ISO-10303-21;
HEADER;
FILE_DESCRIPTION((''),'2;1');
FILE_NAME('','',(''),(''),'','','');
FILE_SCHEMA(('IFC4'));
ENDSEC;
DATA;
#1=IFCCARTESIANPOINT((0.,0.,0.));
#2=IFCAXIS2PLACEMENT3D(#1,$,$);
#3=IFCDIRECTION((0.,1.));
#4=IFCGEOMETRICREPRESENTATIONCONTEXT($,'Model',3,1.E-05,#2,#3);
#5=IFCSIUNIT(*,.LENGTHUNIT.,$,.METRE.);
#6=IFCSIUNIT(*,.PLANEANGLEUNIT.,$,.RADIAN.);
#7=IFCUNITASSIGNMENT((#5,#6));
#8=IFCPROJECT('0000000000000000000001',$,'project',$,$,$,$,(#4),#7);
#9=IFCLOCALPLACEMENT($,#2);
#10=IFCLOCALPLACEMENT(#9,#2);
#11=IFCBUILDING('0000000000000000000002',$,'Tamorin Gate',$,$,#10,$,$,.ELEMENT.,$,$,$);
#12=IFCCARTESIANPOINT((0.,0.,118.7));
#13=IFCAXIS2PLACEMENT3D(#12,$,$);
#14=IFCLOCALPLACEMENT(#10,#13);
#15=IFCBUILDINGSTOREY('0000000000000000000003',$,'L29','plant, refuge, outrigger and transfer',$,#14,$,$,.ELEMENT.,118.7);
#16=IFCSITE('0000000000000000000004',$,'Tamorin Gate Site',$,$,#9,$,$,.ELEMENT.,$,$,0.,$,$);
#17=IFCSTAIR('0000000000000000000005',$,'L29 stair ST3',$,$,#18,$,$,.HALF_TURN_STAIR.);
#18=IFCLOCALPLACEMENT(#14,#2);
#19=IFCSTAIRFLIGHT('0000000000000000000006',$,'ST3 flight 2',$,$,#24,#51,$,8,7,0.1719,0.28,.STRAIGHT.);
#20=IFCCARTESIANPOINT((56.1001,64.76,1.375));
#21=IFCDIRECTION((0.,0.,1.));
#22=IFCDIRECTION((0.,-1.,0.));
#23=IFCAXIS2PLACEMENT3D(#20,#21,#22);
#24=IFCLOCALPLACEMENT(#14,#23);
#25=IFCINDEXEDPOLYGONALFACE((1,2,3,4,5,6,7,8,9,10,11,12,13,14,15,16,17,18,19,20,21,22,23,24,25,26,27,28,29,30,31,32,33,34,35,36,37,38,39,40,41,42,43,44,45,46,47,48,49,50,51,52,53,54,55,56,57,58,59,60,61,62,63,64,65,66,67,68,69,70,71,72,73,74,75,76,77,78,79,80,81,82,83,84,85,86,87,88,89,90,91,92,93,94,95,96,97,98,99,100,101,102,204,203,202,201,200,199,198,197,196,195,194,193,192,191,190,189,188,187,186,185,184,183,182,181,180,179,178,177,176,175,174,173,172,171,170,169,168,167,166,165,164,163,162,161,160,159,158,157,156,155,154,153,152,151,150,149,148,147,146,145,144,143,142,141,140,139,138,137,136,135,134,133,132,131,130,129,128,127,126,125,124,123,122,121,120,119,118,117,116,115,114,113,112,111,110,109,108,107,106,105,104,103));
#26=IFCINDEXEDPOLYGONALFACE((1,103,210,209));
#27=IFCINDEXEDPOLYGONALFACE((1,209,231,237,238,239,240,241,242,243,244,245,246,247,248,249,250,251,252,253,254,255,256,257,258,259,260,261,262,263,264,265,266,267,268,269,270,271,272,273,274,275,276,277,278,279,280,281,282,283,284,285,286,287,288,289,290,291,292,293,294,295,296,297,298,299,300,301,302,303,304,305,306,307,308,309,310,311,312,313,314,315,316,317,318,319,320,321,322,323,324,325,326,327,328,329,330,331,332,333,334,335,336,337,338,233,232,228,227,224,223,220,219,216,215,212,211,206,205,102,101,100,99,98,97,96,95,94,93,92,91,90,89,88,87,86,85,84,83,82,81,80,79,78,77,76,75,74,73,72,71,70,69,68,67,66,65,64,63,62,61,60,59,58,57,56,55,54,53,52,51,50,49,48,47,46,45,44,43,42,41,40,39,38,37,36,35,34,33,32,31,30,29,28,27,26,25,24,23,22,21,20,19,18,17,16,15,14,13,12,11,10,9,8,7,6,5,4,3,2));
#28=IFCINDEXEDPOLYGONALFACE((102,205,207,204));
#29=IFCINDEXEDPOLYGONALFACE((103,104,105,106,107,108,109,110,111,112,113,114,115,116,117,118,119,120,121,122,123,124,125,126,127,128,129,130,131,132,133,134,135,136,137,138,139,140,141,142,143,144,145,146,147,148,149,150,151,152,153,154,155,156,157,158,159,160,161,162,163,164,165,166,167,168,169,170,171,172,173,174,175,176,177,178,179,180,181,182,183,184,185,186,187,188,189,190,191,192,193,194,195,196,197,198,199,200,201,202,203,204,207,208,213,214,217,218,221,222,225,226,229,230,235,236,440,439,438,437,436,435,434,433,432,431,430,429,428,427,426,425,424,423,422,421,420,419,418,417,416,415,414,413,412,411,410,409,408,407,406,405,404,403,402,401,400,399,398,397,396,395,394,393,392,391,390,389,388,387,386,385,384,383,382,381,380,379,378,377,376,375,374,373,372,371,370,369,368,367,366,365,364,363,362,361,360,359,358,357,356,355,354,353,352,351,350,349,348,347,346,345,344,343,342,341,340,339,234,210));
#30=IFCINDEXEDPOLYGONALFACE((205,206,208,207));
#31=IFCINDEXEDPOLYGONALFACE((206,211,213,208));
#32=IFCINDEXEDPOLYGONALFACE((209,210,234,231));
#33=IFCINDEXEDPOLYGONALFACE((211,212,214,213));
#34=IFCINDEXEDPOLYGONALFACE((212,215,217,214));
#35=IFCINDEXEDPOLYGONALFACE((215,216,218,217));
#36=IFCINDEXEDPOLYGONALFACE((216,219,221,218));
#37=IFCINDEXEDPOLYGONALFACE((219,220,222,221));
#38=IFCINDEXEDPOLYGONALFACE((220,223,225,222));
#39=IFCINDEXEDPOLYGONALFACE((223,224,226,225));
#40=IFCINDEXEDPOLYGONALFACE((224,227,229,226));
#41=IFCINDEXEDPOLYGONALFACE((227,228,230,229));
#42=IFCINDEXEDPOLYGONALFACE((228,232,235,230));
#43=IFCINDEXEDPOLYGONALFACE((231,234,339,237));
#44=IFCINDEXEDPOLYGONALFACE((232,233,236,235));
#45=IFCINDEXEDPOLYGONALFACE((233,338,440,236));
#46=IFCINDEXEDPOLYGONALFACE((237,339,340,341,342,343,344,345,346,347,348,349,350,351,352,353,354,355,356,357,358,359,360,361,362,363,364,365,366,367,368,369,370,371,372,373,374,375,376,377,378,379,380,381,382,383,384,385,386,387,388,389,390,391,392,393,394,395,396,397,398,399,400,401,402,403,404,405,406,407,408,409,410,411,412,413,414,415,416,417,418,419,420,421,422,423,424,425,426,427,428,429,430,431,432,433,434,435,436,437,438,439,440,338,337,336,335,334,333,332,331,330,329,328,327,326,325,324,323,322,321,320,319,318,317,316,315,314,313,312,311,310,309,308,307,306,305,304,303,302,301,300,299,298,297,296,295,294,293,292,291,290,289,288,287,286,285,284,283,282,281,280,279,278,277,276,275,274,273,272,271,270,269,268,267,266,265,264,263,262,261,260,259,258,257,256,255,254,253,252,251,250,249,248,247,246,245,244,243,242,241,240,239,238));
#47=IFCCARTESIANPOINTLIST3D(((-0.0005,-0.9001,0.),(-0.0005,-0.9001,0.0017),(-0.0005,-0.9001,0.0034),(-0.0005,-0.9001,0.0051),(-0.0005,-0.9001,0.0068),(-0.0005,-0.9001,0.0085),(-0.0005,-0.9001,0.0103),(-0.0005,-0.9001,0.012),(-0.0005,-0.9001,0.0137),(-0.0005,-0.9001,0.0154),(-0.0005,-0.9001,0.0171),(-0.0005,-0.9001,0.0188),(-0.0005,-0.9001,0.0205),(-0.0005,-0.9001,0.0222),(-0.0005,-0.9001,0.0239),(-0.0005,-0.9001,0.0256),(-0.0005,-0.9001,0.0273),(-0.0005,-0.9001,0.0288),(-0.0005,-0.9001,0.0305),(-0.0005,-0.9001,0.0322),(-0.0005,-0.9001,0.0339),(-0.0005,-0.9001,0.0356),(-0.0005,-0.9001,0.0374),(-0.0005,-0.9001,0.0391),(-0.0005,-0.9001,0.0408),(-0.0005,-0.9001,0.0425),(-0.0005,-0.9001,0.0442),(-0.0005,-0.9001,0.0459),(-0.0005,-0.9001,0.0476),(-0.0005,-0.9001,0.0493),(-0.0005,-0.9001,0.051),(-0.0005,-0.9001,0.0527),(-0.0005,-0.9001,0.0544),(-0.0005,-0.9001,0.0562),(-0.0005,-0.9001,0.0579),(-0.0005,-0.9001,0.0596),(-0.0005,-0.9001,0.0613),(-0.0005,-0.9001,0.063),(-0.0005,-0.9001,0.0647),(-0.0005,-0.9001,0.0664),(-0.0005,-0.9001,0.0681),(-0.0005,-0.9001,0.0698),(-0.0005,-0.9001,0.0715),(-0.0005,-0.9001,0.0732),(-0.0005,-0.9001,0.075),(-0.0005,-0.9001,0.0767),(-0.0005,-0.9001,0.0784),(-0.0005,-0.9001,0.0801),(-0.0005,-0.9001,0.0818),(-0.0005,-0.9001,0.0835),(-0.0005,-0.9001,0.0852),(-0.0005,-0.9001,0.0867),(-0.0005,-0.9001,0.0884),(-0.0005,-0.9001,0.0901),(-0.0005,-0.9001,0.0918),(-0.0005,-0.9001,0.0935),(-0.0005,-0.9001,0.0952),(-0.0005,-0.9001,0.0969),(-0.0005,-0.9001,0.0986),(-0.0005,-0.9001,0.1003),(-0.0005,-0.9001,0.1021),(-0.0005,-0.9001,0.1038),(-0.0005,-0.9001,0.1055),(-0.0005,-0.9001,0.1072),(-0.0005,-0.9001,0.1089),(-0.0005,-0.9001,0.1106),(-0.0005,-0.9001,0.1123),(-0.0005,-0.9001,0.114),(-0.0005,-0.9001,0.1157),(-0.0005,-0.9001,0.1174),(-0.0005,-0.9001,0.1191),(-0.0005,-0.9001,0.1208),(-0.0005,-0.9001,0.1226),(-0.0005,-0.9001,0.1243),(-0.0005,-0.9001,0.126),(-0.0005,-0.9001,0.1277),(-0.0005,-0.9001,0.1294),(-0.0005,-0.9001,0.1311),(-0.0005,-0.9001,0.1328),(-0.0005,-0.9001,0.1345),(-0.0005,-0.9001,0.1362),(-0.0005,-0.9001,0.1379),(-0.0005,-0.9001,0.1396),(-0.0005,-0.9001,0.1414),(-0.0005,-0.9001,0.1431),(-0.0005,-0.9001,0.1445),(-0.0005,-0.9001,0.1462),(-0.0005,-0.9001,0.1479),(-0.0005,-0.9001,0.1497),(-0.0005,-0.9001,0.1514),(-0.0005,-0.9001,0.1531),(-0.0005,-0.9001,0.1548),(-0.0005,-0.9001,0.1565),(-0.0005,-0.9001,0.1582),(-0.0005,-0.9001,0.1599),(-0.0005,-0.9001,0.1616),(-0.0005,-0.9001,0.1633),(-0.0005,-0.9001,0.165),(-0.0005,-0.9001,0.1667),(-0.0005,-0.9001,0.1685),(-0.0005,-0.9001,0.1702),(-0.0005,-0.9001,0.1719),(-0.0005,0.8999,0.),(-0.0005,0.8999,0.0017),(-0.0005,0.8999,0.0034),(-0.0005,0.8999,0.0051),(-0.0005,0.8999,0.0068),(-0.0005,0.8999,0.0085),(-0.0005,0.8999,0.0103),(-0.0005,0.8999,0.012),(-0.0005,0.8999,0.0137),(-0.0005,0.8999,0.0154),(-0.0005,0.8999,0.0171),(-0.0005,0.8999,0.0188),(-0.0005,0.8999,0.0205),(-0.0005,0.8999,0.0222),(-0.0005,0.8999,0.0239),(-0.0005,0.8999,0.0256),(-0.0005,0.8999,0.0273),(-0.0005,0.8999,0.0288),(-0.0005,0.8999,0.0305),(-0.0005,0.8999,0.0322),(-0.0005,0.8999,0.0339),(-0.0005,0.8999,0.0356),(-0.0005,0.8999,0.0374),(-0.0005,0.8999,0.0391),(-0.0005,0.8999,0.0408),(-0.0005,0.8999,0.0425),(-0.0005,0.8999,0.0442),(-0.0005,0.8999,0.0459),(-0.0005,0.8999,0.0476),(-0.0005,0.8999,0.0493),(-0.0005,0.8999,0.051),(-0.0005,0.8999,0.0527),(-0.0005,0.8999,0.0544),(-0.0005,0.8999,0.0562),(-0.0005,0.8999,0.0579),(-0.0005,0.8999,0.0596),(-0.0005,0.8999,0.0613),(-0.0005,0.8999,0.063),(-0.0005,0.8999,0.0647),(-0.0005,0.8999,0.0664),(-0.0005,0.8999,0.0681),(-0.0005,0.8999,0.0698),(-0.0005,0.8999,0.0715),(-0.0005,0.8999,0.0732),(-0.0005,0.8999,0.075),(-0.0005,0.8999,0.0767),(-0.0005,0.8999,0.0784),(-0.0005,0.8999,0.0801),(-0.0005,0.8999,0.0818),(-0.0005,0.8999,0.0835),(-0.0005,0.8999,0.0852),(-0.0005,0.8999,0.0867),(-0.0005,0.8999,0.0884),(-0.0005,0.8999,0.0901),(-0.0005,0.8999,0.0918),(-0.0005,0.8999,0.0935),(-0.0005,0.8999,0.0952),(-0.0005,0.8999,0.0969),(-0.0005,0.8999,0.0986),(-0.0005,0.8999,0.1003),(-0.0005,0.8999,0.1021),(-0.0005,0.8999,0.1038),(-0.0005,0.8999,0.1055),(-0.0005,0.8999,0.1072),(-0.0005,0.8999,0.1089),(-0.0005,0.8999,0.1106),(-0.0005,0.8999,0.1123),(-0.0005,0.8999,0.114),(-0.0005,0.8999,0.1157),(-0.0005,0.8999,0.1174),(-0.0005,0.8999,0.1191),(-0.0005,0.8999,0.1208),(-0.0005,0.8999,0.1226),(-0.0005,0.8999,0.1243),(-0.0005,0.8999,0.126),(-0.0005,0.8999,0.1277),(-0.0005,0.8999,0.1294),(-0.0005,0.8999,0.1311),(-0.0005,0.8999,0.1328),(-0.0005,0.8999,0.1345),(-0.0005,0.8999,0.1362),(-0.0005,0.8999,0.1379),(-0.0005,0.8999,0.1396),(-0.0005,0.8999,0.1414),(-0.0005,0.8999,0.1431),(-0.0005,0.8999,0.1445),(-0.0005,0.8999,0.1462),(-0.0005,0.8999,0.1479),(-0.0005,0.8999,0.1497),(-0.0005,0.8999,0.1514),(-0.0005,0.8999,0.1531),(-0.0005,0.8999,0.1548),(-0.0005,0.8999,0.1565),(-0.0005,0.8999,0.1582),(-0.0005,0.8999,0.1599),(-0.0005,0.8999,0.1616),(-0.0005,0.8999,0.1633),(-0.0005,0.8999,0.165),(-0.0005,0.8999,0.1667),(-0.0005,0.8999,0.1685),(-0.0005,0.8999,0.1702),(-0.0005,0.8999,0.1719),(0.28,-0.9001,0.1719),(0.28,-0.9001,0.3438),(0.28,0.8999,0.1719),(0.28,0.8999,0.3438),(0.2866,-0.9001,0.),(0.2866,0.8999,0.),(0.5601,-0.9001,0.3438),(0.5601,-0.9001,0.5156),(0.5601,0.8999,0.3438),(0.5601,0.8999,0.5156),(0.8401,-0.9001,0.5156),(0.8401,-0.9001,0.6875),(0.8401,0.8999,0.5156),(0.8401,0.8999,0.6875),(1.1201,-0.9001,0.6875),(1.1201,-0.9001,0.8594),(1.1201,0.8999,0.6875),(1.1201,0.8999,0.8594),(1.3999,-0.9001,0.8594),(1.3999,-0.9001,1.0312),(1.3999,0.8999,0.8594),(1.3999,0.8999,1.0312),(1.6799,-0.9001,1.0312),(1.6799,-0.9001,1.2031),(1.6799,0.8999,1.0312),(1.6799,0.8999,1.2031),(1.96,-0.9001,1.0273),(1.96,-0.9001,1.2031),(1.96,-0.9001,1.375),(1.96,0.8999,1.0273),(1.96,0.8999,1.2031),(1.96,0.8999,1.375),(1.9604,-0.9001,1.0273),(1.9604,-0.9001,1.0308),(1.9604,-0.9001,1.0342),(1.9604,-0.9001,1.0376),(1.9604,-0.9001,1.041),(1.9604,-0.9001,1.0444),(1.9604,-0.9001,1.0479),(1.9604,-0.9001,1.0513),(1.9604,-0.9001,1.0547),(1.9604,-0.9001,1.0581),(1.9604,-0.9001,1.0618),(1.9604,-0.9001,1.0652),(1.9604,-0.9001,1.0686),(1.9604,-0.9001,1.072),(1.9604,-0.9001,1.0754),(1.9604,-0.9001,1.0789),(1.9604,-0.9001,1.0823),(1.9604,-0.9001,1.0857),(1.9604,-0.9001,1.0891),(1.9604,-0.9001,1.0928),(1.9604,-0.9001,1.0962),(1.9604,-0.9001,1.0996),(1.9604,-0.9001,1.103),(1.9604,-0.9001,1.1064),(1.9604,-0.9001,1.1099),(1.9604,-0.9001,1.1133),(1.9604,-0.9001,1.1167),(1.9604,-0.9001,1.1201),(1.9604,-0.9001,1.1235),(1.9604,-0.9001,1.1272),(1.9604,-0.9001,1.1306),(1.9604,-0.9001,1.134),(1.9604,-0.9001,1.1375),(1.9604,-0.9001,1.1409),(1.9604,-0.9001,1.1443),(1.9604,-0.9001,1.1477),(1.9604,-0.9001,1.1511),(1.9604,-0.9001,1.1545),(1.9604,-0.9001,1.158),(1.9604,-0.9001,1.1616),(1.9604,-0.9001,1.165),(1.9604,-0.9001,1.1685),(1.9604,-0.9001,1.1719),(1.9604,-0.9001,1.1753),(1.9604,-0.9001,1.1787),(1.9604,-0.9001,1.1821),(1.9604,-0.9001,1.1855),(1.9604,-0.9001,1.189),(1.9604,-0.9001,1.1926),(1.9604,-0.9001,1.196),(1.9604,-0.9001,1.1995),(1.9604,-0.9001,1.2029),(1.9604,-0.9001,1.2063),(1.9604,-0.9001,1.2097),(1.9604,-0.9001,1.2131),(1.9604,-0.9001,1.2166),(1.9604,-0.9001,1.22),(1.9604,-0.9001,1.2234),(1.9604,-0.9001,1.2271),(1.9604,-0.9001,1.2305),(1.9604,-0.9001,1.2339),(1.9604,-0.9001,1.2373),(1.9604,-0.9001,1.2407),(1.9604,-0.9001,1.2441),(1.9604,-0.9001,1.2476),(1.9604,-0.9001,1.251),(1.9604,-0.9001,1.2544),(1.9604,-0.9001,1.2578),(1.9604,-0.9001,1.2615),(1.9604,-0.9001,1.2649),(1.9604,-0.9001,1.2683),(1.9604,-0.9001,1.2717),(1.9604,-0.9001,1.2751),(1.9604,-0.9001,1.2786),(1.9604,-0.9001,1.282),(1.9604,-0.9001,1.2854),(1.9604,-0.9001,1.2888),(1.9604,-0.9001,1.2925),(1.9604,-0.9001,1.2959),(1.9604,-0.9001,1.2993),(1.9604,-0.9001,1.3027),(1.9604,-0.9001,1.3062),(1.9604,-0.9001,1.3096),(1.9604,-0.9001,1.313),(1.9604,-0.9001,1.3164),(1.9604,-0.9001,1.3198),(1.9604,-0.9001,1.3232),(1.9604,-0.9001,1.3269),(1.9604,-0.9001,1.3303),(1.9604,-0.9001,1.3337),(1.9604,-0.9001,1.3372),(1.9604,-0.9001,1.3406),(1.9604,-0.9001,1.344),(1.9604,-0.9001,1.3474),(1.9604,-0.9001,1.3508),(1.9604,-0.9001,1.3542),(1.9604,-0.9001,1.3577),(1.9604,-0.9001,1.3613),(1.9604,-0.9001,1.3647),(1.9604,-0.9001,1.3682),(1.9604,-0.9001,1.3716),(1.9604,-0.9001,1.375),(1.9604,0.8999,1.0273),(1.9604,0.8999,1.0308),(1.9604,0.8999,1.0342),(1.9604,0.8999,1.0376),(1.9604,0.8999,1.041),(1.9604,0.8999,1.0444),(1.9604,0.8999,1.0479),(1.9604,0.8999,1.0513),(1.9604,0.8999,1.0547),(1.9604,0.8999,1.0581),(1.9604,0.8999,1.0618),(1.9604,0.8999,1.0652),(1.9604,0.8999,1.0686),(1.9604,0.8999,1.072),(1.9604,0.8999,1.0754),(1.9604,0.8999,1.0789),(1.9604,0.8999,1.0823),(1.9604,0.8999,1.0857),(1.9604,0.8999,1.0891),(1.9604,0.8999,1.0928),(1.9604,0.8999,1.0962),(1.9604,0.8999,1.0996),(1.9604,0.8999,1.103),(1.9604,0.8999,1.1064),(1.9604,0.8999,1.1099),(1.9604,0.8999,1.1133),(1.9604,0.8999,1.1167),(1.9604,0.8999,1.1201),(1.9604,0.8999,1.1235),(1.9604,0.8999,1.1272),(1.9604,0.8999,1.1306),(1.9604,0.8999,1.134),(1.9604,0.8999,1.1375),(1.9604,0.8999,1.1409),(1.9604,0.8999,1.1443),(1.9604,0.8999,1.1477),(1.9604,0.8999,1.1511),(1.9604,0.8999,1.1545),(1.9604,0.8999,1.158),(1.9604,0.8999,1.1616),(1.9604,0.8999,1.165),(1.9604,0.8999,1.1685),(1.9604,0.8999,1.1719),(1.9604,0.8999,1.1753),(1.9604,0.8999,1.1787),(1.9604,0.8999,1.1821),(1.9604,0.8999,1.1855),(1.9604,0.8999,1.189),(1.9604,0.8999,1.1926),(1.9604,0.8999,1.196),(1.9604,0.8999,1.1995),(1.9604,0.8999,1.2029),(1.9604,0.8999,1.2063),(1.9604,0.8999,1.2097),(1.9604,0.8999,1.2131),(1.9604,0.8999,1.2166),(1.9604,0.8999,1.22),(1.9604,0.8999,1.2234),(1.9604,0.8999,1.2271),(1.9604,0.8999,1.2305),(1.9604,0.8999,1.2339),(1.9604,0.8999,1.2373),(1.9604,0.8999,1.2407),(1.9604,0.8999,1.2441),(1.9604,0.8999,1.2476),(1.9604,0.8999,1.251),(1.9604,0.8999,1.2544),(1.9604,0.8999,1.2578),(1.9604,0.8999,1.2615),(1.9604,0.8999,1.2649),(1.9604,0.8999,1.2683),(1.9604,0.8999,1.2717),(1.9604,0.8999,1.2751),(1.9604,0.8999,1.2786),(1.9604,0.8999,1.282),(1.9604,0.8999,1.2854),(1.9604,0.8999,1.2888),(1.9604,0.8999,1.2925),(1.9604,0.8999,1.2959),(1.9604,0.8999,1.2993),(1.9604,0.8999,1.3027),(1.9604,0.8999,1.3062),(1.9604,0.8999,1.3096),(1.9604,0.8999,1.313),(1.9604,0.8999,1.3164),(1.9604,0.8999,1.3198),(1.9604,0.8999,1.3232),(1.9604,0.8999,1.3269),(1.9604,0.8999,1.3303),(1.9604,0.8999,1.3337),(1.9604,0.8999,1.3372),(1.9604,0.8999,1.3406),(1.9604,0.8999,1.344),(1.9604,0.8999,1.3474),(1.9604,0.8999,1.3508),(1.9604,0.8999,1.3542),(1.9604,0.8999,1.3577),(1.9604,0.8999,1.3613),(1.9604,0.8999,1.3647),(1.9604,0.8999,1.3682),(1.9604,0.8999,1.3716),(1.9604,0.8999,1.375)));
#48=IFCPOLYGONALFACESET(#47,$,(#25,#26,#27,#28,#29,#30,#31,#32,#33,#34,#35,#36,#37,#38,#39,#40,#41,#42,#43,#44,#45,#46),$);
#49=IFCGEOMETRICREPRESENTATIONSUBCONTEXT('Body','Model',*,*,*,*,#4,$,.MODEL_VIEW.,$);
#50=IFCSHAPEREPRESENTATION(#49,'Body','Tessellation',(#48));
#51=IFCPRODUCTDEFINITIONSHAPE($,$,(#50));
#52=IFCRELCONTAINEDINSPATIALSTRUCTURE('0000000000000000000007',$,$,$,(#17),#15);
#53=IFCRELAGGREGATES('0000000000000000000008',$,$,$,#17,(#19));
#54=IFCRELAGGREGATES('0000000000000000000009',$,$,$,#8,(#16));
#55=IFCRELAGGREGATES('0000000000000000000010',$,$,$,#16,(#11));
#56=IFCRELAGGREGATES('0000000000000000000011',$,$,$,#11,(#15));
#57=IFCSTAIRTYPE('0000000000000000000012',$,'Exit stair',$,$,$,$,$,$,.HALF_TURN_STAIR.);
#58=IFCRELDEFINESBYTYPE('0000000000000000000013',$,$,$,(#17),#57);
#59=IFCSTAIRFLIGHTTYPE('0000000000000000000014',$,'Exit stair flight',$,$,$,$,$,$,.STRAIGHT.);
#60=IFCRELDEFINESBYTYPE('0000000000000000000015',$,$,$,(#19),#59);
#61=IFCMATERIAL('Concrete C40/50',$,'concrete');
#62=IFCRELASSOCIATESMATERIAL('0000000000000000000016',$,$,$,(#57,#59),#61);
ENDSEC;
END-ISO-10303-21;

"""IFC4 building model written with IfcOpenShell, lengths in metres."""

from ifc_helpers import new_model, si_unit, direction, frame, origin, place, context, subcontext, project, spatial, polyline, outline, extrude, material, type_object, element, aggregate, save


model = new_model("IFC4")

# Units and contexts
model_context = context("Model", 3, precision=1e-05, world=origin(), true_north=direction((0.0, 1.0)))
body_context = subcontext(model_context, "Body", "Model", "MODEL_VIEW")
ifc_project = project(units=[si_unit("LENGTHUNIT", "METRE"), si_unit("PLANEANGLEUNIT", "RADIAN")], contexts=[model_context])

# Site, building, storey
site_placement = place(None, origin())
site = spatial("IfcSite", under=ifc_project, at=site_placement, Name="Tamorin Gate Site", CompositionType="ELEMENT", RefElevation=0.0)
building_placement = place(site_placement, origin())
building = spatial("IfcBuilding", under=site, at=building_placement, Name="Tamorin Gate", CompositionType="ELEMENT")
storey_placement = place(building_placement, frame((0.0, 0.0, 118.7)))
storey = spatial("IfcBuildingStorey", under=building, at=storey_placement, Name="L29", Description="plant, refuge, outrigger and transfer", CompositionType="ELEMENT", Elevation=118.7)

# Stair, stair flight
ifc_material_1 = material(Name="Concrete C40/50", Category="concrete")
stair_type = type_object("IfcStairType", Name="Exit stair", PredefinedType="HALF_TURN_STAIR", material=ifc_material_1)
stair_placement = place(storey_placement, origin())
stair = element("IfcStair", 1, at=stair_placement, inside=storey, type_object=stair_type, Name="L29 stair ST3", PredefinedType="HALF_TURN_STAIR")
stair_flight_type = type_object("IfcStairFlightType", Name="Exit stair flight", PredefinedType="STRAIGHT", material=ifc_material_1)
stair_flight_1_placement = place(storey_placement, frame((56.1001, 64.76, 1.375), z_axis=(0.0, 0.0, 1.0), x_axis=(0.0, -1.0, 0.0)))
stair_flight_1 = element("IfcStairFlight", 2, at=stair_flight_1_placement, type_object=stair_flight_type, Name="ST3 flight 2", NumberOfRisers=8, NumberOfTreads=7, PredefinedType="STRAIGHT", RiserHeight=0.1719, TreadLength=0.28, context=body_context, shape_type="SweptSolid", body=[
    extrude(outline(polyline([(-0.0005, 0.0), (-0.0005, 0.0017), (-0.0005, 0.0034), (-0.0005, 0.0051), (-0.0005, 0.0068), (-0.0005, 0.0085), (-0.0005, 0.0103), (-0.0005, 0.012), (-0.0005, 0.0137), (-0.0005, 0.0154), (-0.0005, 0.0171), (-0.0005, 0.0188), (-0.0005, 0.0205), (-0.0005, 0.0222), (-0.0005, 0.0239), (-0.0005, 0.0256), (-0.0005, 0.0273), (-0.0005, 0.0288), (-0.0005, 0.0305), (-0.0005, 0.0322), (-0.0005, 0.0339), (-0.0005, 0.0356), (-0.0005, 0.0374), (-0.0005, 0.0391), (-0.0005, 0.0408), (-0.0005, 0.0425), (-0.0005, 0.0442), (-0.0005, 0.0459), (-0.0005, 0.0476), (-0.0005, 0.0493), (-0.0005, 0.051), (-0.0005, 0.0527), (-0.0005, 0.0544), (-0.0005, 0.0562), (-0.0005, 0.0579), (-0.0005, 0.0596), (-0.0005, 0.0613), (-0.0005, 0.063), (-0.0005, 0.0647), (-0.0005, 0.0664), (-0.0005, 0.0681), (-0.0005, 0.0698), (-0.0005, 0.0715), (-0.0005, 0.0732), (-0.0005, 0.075), (-0.0005, 0.0767), (-0.0005, 0.0784), (-0.0005, 0.0801), (-0.0005, 0.0818), (-0.0005, 0.0835), (-0.0005, 0.0852), (-0.0005, 0.0867), (-0.0005, 0.0884), (-0.0005, 0.0901), (-0.0005, 0.0918), (-0.0005, 0.0935), (-0.0005, 0.0952), (-0.0005, 0.0969), (-0.0005, 0.0986), (-0.0005, 0.1003), (-0.0005, 0.1021), (-0.0005, 0.1038), (-0.0005, 0.1055), (-0.0005, 0.1072), (-0.0005, 0.1089), (-0.0005, 0.1106), (-0.0005, 0.1123), (-0.0005, 0.114), (-0.0005, 0.1157), (-0.0005, 0.1174), (-0.0005, 0.1191), (-0.0005, 0.1208), (-0.0005, 0.1226), (-0.0005, 0.1243), (-0.0005, 0.126), (-0.0005, 0.1277), (-0.0005, 0.1294), (-0.0005, 0.1311), (-0.0005, 0.1328), (-0.0005, 0.1345), (-0.0005, 0.1362), (-0.0005, 0.1379), (-0.0005, 0.1396), (-0.0005, 0.1414), (-0.0005, 0.1431), (-0.0005, 0.1445), (-0.0005, 0.1462), (-0.0005, 0.1479), (-0.0005, 0.1497), (-0.0005, 0.1514), (-0.0005, 0.1531), (-0.0005, 0.1548), (-0.0005, 0.1565), (-0.0005, 0.1582), (-0.0005, 0.1599), (-0.0005, 0.1616), (-0.0005, 0.1633), (-0.0005, 0.165), (-0.0005, 0.1667), (-0.0005, 0.1685), (-0.0005, 0.1702), (-0.0005, 0.1719), (0.28, 0.1719), (0.28, 0.3438), (0.5601, 0.3438), (0.5601, 0.5156), (0.8401, 0.5156), (0.8401, 0.6875), (1.1201, 0.6875), (1.1201, 0.8594), (1.3999, 0.8594), (1.3999, 1.0312), (1.6799, 1.0312), (1.6799, 1.2031), (1.96, 1.2031), (1.96, 1.375), (1.9604, 1.375), (1.9604, 1.3716), (1.9604, 1.3682), (1.9604, 1.3647), (1.9604, 1.3613), (1.9604, 1.3577), (1.9604, 1.3542), (1.9604, 1.3508), (1.9604, 1.3474), (1.9604, 1.344), (1.9604, 1.3406), (1.9604, 1.3372), (1.9604, 1.3337), (1.9604, 1.3303), (1.9604, 1.3269), (1.9604, 1.3232), (1.9604, 1.3198), (1.9604, 1.3164), (1.9604, 1.313), (1.9604, 1.3096), (1.9604, 1.3062), (1.9604, 1.3027), (1.9604, 1.2993), (1.9604, 1.2959), (1.9604, 1.2925), (1.9604, 1.2888), (1.9604, 1.2854), (1.9604, 1.282), (1.9604, 1.2786), (1.9604, 1.2751), (1.9604, 1.2717), (1.9604, 1.2683), (1.9604, 1.2649), (1.9604, 1.2615), (1.9604, 1.2578), (1.9604, 1.2544), (1.9604, 1.251), (1.9604, 1.2476), (1.9604, 1.2441), (1.9604, 1.2407), (1.9604, 1.2373), (1.9604, 1.2339), (1.9604, 1.2305), (1.9604, 1.2271), (1.9604, 1.2234), (1.9604, 1.22), (1.9604, 1.2166), (1.9604, 1.2131), (1.9604, 1.2097), (1.9604, 1.2063), (1.9604, 1.2029), (1.9604, 1.1995), (1.9604, 1.196), (1.9604, 1.1926), (1.9604, 1.189), (1.9604, 1.1855), (1.9604, 1.1821), (1.9604, 1.1787), (1.9604, 1.1753), (1.9604, 1.1719), (1.9604, 1.1685), (1.9604, 1.165), (1.9604, 1.1616), (1.9604, 1.158), (1.9604, 1.1545), (1.9604, 1.1511), (1.9604, 1.1477), (1.9604, 1.1443), (1.9604, 1.1409), (1.9604, 1.1375), (1.9604, 1.134), (1.9604, 1.1306), (1.9604, 1.1272), (1.9604, 1.1235), (1.9604, 1.1201), (1.9604, 1.1167), (1.9604, 1.1133), (1.9604, 1.1099), (1.9604, 1.1064), (1.9604, 1.103), (1.9604, 1.0996), (1.9604, 1.0962), (1.9604, 1.0928), (1.9604, 1.0891), (1.9604, 1.0857), (1.9604, 1.0823), (1.9604, 1.0789), (1.9604, 1.0754), (1.9604, 1.072), (1.9604, 1.0686), (1.9604, 1.0652), (1.9604, 1.0618), (1.9604, 1.0581), (1.9604, 1.0547), (1.9604, 1.0513), (1.9604, 1.0479), (1.9604, 1.0444), (1.9604, 1.041), (1.9604, 1.0376), (1.9604, 1.0342), (1.9604, 1.0308), (1.9604, 1.0273), (1.96, 1.0273), (0.2866, 0.0), (-0.0005, 0.0)])), frame((0.0, 0.8999, 0.0), z_axis=(0.0, -1.0, 0.0), x_axis=(1.0, 0.0, 0.0)), (0.0, 0.0, 1.0), 1.8),
])
aggregate(stair, [stair_flight_1])

save(model, "model.ifc")
